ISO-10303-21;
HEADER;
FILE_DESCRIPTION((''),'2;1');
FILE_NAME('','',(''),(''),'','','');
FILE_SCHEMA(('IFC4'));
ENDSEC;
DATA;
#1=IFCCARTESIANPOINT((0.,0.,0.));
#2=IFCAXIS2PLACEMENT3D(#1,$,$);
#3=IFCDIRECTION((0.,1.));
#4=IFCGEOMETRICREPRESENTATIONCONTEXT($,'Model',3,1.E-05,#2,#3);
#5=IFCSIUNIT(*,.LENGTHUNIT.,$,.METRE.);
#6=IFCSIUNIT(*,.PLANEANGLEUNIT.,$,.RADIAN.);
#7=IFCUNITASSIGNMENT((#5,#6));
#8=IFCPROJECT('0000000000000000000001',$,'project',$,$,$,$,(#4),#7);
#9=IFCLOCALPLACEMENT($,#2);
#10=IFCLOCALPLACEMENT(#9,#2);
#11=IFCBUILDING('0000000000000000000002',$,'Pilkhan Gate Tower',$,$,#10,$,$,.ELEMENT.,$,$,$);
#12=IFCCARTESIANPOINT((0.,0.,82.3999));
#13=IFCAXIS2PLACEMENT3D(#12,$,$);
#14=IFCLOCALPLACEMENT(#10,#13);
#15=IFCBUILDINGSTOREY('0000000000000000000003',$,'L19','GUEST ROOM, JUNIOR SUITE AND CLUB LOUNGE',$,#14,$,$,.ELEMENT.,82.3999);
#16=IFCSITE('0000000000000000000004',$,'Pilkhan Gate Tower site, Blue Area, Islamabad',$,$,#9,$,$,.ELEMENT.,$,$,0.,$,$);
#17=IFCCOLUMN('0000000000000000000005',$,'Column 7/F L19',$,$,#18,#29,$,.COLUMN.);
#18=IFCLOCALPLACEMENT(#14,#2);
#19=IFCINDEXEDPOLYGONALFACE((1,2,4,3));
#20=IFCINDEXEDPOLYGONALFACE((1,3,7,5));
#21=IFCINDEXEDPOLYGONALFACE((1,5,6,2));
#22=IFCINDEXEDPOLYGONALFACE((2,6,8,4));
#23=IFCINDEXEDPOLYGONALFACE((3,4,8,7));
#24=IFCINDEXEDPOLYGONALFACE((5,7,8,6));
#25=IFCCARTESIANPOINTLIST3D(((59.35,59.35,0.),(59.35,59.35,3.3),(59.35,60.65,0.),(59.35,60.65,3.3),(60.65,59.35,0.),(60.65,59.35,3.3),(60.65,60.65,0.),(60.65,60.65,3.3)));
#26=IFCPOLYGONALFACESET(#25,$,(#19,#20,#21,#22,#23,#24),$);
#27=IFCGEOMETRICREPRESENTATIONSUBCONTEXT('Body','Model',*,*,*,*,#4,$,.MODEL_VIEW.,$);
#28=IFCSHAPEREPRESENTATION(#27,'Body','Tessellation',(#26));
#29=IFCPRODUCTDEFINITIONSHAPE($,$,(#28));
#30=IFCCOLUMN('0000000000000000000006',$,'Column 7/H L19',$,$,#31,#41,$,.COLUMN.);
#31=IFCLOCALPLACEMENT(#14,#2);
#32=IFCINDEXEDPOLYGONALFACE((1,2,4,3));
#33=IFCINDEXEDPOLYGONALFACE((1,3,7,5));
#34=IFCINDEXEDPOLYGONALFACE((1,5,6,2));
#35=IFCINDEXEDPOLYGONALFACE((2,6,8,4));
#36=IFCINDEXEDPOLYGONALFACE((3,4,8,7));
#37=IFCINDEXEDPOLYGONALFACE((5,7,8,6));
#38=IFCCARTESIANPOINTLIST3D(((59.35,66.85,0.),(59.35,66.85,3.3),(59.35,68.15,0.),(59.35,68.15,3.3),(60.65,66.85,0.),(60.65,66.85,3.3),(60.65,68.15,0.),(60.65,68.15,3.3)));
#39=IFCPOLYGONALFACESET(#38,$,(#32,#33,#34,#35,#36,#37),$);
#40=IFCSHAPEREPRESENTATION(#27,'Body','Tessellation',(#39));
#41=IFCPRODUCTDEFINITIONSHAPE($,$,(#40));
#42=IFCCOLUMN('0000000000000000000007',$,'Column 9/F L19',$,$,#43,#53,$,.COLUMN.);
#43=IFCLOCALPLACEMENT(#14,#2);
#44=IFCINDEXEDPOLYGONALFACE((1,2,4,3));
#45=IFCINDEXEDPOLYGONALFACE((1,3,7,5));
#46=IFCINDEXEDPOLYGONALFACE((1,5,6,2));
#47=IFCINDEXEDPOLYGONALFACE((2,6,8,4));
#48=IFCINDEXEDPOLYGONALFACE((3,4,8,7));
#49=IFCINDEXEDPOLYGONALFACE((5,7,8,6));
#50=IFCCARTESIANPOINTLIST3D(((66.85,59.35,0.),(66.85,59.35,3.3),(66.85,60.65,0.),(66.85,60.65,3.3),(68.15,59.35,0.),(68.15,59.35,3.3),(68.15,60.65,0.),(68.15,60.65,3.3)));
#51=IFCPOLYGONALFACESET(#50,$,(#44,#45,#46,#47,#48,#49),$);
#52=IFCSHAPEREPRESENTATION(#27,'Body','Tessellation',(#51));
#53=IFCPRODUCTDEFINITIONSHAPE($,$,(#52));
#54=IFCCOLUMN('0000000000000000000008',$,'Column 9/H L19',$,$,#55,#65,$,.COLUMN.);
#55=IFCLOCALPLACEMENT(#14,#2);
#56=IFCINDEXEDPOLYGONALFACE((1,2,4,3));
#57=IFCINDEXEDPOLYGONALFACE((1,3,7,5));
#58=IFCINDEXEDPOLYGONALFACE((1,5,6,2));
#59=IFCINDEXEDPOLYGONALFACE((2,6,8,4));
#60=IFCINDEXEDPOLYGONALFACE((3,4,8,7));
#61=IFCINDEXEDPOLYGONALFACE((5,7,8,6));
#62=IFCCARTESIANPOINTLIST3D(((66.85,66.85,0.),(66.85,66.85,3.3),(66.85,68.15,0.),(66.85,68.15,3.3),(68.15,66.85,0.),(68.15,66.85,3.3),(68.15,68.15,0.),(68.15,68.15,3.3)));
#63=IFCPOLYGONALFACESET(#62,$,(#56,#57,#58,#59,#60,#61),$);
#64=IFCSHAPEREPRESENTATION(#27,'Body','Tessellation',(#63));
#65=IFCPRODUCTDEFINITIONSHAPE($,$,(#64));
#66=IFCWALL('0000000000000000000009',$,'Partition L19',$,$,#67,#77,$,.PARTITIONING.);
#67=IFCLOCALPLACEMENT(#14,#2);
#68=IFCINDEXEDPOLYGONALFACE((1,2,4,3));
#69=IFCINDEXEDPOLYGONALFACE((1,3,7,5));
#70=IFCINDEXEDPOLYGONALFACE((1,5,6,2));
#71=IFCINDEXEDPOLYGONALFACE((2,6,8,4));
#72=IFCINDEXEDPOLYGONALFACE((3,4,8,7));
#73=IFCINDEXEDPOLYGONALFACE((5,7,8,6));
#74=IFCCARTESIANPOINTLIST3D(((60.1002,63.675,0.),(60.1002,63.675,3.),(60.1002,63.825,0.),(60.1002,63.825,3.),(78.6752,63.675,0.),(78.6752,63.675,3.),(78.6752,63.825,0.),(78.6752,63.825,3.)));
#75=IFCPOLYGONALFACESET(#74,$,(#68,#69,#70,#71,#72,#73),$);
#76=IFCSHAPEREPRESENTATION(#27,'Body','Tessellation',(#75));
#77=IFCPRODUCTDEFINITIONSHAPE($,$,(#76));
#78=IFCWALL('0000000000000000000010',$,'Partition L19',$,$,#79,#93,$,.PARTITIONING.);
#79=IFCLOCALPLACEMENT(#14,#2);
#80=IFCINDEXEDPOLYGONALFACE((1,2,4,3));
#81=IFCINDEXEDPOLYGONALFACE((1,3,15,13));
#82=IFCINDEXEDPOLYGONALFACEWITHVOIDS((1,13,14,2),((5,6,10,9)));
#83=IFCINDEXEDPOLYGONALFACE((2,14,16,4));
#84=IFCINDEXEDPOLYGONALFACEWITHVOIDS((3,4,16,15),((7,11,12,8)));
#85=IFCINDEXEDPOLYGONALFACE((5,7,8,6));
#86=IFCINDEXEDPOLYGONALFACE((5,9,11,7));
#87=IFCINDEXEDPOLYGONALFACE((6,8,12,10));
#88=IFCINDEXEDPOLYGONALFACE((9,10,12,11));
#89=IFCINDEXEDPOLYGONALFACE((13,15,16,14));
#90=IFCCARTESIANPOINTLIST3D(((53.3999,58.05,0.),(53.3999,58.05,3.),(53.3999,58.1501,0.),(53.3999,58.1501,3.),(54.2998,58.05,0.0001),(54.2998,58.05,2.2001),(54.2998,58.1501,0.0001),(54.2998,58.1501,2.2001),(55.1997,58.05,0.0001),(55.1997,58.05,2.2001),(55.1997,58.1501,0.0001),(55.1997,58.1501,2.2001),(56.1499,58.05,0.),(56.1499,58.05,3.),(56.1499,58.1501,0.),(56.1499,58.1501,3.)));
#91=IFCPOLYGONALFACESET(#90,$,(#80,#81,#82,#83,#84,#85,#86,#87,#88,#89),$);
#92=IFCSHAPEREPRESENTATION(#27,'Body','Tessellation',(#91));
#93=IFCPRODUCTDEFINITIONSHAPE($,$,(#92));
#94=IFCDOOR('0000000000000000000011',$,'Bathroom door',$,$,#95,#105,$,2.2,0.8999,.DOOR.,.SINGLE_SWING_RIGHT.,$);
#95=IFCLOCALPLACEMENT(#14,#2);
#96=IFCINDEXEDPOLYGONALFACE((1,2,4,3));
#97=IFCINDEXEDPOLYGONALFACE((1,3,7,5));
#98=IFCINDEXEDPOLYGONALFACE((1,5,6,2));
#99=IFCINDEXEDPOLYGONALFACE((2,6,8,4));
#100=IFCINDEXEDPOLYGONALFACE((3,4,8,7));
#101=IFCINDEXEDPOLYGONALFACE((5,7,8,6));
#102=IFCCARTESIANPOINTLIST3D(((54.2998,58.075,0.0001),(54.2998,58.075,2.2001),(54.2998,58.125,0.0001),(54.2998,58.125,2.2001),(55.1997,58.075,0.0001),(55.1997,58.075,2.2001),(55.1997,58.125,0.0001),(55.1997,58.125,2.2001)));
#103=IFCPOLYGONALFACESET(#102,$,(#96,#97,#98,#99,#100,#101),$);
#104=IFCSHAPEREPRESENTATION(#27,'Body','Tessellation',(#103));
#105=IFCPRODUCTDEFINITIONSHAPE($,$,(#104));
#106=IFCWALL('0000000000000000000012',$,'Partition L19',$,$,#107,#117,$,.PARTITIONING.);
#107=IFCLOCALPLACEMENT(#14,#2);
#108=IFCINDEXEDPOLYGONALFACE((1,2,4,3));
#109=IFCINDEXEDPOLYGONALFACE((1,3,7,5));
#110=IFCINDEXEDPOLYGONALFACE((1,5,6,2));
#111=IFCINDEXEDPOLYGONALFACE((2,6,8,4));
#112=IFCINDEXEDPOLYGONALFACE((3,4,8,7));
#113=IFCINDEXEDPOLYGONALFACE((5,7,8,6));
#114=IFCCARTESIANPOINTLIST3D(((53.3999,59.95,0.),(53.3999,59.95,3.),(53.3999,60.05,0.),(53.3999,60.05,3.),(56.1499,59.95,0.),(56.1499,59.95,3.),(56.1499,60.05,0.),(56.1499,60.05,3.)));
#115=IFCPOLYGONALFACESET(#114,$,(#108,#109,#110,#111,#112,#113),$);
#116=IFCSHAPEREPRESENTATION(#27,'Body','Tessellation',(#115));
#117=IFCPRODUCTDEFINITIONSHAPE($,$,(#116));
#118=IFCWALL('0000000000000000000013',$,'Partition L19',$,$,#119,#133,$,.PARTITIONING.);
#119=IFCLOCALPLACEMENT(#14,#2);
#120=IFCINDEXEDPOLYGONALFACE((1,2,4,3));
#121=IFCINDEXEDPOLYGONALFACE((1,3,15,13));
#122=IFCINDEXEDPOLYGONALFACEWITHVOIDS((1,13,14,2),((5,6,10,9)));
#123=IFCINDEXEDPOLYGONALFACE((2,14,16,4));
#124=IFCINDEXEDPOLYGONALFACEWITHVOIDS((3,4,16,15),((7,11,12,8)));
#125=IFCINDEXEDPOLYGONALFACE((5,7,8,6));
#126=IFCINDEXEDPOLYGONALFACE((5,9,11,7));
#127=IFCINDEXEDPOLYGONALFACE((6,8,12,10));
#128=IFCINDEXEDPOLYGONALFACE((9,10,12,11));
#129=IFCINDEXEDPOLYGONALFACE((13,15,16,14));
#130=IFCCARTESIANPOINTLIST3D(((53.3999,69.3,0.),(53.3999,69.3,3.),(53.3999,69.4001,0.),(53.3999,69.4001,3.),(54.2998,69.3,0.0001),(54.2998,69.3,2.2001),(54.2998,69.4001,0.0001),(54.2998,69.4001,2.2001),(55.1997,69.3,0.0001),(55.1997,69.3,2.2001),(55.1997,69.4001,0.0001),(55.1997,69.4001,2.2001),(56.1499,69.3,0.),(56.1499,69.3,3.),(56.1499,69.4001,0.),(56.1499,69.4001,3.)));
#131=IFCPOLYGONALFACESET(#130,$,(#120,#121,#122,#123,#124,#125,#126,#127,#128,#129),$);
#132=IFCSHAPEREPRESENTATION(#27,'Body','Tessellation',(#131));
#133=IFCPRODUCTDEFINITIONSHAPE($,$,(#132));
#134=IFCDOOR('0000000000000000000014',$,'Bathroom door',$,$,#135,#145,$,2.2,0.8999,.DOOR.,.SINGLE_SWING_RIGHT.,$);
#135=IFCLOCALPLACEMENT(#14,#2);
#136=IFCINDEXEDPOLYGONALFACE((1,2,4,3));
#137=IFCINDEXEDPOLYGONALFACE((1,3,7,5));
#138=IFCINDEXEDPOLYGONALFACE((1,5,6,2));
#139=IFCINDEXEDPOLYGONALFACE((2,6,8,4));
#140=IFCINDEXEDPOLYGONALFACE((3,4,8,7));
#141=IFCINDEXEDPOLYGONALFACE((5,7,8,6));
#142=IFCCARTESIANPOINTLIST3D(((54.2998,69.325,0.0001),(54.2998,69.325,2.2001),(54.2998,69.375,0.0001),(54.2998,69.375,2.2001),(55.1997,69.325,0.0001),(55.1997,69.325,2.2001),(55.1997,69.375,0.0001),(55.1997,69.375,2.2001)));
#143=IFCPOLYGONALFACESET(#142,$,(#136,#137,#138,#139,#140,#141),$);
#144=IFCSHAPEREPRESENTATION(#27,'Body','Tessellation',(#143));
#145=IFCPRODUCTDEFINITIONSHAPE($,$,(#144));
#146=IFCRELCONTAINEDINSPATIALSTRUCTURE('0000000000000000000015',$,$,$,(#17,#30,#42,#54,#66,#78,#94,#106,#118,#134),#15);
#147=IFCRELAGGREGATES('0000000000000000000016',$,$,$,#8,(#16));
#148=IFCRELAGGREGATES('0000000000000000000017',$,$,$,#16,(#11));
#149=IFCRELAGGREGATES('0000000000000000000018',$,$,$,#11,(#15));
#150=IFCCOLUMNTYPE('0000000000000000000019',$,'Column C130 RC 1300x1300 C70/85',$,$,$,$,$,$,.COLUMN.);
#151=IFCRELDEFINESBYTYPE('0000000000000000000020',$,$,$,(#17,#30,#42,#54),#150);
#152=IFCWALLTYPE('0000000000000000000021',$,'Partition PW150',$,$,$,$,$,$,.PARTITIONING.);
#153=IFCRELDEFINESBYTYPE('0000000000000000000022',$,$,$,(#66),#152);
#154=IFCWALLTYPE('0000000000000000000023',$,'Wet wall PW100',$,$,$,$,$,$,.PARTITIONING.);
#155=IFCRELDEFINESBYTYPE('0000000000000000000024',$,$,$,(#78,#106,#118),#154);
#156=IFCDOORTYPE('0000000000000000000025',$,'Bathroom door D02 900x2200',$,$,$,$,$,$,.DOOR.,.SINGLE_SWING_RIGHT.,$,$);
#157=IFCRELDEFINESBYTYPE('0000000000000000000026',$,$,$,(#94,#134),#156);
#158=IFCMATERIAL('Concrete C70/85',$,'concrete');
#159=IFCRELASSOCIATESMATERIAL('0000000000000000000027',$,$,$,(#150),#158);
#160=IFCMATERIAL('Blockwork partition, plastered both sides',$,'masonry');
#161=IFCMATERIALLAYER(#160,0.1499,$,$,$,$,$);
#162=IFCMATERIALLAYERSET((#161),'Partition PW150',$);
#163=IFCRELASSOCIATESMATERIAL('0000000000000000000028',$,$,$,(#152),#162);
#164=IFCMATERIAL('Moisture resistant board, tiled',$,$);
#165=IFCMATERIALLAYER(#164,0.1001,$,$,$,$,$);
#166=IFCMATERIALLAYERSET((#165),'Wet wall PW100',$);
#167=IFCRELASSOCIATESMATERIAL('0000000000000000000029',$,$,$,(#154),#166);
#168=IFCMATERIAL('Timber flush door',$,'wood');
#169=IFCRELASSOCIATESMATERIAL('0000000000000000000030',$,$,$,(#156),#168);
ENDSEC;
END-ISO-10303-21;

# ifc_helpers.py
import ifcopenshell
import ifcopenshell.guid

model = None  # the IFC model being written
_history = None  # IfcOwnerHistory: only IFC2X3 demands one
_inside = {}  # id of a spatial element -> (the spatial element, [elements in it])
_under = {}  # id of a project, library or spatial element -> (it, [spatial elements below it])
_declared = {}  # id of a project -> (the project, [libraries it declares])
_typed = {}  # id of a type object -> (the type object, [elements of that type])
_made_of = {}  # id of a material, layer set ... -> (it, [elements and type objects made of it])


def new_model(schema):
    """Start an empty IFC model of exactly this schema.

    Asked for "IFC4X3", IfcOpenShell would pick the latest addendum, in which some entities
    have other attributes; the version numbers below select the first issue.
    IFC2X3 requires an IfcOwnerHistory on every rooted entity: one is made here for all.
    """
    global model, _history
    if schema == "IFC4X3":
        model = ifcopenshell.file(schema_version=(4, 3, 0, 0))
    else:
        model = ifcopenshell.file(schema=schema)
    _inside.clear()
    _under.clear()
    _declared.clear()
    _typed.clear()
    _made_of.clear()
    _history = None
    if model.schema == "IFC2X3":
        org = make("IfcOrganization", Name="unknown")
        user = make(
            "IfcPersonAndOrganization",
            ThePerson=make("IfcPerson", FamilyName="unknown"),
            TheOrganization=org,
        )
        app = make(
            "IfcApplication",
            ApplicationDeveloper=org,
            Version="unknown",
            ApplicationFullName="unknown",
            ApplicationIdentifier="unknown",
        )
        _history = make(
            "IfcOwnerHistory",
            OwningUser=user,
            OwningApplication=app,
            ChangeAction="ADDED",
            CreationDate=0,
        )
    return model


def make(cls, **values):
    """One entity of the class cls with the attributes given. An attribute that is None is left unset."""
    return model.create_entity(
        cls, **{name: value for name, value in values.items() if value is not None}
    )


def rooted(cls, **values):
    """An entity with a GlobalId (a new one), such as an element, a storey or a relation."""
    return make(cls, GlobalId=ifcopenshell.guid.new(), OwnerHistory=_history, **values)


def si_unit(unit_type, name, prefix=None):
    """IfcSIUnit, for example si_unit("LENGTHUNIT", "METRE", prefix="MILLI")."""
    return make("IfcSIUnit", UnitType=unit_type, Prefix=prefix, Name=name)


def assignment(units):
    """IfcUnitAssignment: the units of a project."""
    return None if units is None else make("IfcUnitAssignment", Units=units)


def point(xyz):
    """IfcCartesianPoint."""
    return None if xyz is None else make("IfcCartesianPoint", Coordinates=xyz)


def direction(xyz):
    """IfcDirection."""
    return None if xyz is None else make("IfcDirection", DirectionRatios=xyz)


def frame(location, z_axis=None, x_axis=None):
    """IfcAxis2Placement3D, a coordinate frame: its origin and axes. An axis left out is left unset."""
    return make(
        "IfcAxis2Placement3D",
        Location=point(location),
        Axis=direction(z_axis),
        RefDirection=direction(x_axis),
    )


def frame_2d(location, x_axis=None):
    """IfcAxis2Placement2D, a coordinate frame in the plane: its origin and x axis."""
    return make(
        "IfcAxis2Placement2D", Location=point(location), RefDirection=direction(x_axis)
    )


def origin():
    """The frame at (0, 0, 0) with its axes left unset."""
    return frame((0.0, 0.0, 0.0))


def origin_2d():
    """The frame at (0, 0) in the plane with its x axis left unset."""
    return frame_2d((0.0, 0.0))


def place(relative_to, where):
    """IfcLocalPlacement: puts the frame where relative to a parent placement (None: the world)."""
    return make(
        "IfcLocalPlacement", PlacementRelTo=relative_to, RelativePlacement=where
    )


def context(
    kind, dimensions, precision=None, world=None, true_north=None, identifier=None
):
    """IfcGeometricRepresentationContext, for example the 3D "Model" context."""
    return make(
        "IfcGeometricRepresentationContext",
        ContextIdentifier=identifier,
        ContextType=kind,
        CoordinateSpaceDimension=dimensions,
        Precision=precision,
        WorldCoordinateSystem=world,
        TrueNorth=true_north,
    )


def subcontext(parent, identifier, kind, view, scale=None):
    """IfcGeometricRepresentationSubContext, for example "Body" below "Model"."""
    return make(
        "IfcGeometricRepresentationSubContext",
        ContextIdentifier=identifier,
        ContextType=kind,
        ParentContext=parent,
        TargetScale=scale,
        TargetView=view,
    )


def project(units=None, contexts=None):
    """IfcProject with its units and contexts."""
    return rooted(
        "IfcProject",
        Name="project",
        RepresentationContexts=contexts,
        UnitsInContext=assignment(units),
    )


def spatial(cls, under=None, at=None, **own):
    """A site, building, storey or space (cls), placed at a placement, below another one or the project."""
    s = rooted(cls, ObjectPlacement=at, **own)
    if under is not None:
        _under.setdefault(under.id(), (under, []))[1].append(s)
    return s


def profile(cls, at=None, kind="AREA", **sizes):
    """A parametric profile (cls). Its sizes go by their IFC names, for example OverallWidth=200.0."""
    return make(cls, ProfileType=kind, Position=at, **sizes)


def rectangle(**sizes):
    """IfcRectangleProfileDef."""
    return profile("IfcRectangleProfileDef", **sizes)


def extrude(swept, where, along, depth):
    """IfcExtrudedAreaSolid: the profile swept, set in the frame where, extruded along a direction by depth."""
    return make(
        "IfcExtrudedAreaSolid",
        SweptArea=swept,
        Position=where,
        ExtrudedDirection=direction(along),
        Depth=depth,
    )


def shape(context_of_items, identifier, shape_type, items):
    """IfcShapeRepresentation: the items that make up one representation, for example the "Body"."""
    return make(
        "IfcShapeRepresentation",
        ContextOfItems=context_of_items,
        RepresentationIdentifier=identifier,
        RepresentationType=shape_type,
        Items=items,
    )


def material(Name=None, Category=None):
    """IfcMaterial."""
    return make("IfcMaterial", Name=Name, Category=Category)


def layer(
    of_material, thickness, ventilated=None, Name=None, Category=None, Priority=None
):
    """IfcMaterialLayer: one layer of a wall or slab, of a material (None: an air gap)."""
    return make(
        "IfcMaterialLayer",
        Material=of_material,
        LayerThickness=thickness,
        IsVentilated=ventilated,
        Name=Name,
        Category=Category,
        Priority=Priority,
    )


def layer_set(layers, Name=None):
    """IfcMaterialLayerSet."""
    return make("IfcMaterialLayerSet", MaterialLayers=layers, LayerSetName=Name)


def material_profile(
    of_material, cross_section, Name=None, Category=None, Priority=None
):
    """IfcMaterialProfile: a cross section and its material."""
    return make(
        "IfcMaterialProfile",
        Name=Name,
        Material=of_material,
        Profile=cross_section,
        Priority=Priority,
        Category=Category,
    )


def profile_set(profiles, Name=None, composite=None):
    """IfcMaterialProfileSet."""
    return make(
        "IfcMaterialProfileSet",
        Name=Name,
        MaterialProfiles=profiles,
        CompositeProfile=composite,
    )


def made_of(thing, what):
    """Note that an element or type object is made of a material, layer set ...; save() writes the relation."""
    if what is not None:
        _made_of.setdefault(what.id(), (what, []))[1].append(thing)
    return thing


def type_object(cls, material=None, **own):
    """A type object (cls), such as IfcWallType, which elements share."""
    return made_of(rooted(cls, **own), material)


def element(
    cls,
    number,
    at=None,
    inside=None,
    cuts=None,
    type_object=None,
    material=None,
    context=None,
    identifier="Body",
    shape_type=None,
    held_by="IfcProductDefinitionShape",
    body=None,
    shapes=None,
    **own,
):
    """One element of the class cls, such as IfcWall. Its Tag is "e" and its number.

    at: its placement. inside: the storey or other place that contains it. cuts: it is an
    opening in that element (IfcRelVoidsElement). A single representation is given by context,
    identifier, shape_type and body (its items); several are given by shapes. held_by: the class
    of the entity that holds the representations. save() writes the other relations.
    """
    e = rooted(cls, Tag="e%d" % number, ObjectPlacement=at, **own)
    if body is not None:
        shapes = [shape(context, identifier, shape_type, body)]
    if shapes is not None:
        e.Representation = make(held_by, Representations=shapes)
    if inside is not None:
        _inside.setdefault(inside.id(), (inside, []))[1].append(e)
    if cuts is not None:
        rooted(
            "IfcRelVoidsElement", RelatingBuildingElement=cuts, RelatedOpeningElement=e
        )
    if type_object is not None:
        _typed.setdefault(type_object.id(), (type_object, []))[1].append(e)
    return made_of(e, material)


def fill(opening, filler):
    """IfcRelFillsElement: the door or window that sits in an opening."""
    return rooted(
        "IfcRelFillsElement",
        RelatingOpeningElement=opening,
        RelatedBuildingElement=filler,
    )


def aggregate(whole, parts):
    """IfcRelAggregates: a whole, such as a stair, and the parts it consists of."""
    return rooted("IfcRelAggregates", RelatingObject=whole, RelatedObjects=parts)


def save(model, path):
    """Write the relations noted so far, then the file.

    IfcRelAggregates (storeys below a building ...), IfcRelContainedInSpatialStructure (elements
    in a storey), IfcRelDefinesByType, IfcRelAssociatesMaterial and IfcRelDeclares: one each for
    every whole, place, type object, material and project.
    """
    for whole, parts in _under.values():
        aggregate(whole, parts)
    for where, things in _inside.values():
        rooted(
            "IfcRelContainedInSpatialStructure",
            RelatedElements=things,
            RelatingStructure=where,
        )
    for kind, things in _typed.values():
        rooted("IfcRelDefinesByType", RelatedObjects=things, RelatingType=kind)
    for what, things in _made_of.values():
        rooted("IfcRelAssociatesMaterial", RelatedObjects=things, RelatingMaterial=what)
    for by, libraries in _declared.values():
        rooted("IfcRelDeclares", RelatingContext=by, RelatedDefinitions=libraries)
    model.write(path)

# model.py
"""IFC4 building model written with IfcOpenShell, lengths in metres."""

from ifc_helpers import new_model, si_unit, direction, frame, frame_2d, origin, origin_2d, place, context, subcontext, project, spatial, rectangle, extrude, material, layer, layer_set, material_profile, profile_set, type_object, element, fill, save


model = new_model("IFC4")

# Units and contexts
model_context = context("Model", 3, precision=1e-05, world=origin(), true_north=direction((0.0, 1.0)))
body_context = subcontext(model_context, "Body", "Model", "MODEL_VIEW")
ifc_project = project(units=[si_unit("LENGTHUNIT", "METRE"), si_unit("PLANEANGLEUNIT", "RADIAN")], contexts=[model_context])

# Site, building, storey
site_placement = place(None, origin())
site = spatial("IfcSite", under=ifc_project, at=site_placement, Name="Pilkhan Gate Tower site, Blue Area, Islamabad", CompositionType="ELEMENT", RefElevation=0.0)
building_placement = place(site_placement, origin())
building = spatial("IfcBuilding", under=site, at=building_placement, Name="Pilkhan Gate Tower", CompositionType="ELEMENT")
storey_placement = place(building_placement, frame((0.0, 0.0, 82.3999)))
storey = spatial("IfcBuildingStorey", under=building, at=storey_placement, Name="L19", Description="GUEST ROOM, JUNIOR SUITE AND CLUB LOUNGE", CompositionType="ELEMENT", Elevation=82.3999)

# Columns
ifc_material_1 = material(Name="Concrete C70/85", Category="concrete")
ifc_material_profile = material_profile(ifc_material_1, rectangle(XDim=1.3, YDim=1.3, at=origin_2d()), Name="RC 1300x1300")
ifc_profile_set = profile_set([ifc_material_profile], Name="Concrete C70/85")
column_type = type_object("IfcColumnType", Name="Column C130 RC 1300x1300 C70/85", PredefinedType="COLUMN", material=ifc_profile_set)
for number, where, z_axis, x_axis, name in (
    (1, (60.0, 60.0, 0.0), (0.0, 0.0, 1.0), (1.0, 0.0, 0.0), "Column 7/F L19"),
    (2, (60.0, 67.5, 0.0), (0.0, 0.0, 1.0), (1.0, 0.0, 0.0), "Column 7/H L19"),
    (3, (67.5, 60.0, 0.0), (0.0, 0.0, 1.0), (1.0, 0.0, 0.0), "Column 9/F L19"),
    (4, (67.5, 67.5, 0.0), (0.0, 0.0, 1.0), (1.0, 0.0, 0.0), "Column 9/H L19"),
):
    element("IfcColumn", number, at=place(storey_placement, frame(where, z_axis=z_axis, x_axis=x_axis)), inside=storey, type_object=column_type, Name=name, PredefinedType="COLUMN", context=body_context, shape_type="SweptSolid", body=[
        extrude(rectangle(XDim=1.3, YDim=1.3, at=origin_2d()), origin(), (0.0, 0.0, 1.0), 3.3),
    ])

# Wall
ifc_material_2 = material(Name="Blockwork partition, plastered both sides", Category="masonry")
ifc_layer_1 = layer(ifc_material_2, 0.1499)
ifc_layer_set_1 = layer_set([ifc_layer_1], Name="Partition PW150")
wall_type_1 = type_object("IfcWallType", Name="Partition PW150", PredefinedType="PARTITIONING", material=ifc_layer_set_1)
wall_1_placement = place(storey_placement, frame((60.1001, 63.75, 0.0), z_axis=(0.0, 0.0, 1.0), x_axis=(1.0, 0.0, 0.0)))
element("IfcWall", 5, at=wall_1_placement, inside=storey, type_object=wall_type_1, Name="Partition L19", PredefinedType="PARTITIONING", context=body_context, shape_type="SweptSolid", body=[
    extrude(rectangle(XDim=18.575, YDim=0.1499, at=frame_2d((9.2876, 0.0))), origin(), (0.0, 0.0, 1.0), 3.0),
])

# Wall, opening, door
ifc_material_3 = material(Name="Moisture resistant board, tiled")
ifc_layer_2 = layer(ifc_material_3, 0.1001)
ifc_layer_set_2 = layer_set([ifc_layer_2], Name="Wet wall PW100")
wall_type_2 = type_object("IfcWallType", Name="Wet wall PW100", PredefinedType="PARTITIONING", material=ifc_layer_set_2)
wall_2_placement = place(storey_placement, frame((53.3999, 58.1001, 0.0), z_axis=(0.0, 0.0, 1.0), x_axis=(1.0, 0.0, 0.0)))
wall_2 = element("IfcWall", 6, at=wall_2_placement, inside=storey, type_object=wall_type_2, Name="Partition L19", PredefinedType="PARTITIONING", context=body_context, shape_type="SweptSolid", body=[
    extrude(rectangle(XDim=2.75, YDim=0.1001, at=frame_2d((1.375, 0.0))), origin(), (0.0, 0.0, 1.0), 3.0),
])
opening_1_placement = place(wall_2_placement, frame((0.8999, 0.0, 0.0)))
opening_1 = element("IfcOpeningElement", 7, at=opening_1_placement, cuts=wall_2, PredefinedType="OPENING", context=body_context, shape_type="SweptSolid", body=[
    extrude(rectangle(XDim=0.8999, YDim=2.2, at=frame_2d((0.45, 1.1001))), frame((0.0, 0.0601, 0.0), z_axis=(0.0, -1.0, 0.0), x_axis=(1.0, 0.0, 0.0)), (0.0, 0.0, 1.0), 0.1201),
])
ifc_material_4 = material(Name="Timber flush door", Category="wood")
door_type = type_object("IfcDoorType", Name="Bathroom door D02 900x2200", OperationType="SINGLE_SWING_RIGHT", PredefinedType="DOOR", material=ifc_material_4)
door_1_placement = place(opening_1_placement, origin())
door_1 = element("IfcDoor", 8, at=door_1_placement, inside=storey, type_object=door_type, Name="Bathroom door", OperationType="SINGLE_SWING_RIGHT", OverallHeight=2.2, OverallWidth=0.8999, PredefinedType="DOOR", context=body_context, shape_type="SweptSolid", body=[
    extrude(rectangle(XDim=0.8999, YDim=2.2, at=frame_2d((0.45, 1.1001))), frame((0.0, 0.0249, 0.0), z_axis=(0.0, -1.0, 0.0), x_axis=(1.0, 0.0, 0.0)), (0.0, 0.0, 1.0), 0.05),
])
fill(opening_1, door_1)

# Wall
wall_3_placement = place(storey_placement, frame((53.3999, 60.0, 0.0), z_axis=(0.0, 0.0, 1.0), x_axis=(1.0, 0.0, 0.0)))
element("IfcWall", 9, at=wall_3_placement, inside=storey, type_object=wall_type_2, Name="Partition L19", PredefinedType="PARTITIONING", context=body_context, shape_type="SweptSolid", body=[
    extrude(rectangle(XDim=2.75, YDim=0.1001, at=frame_2d((1.375, 0.0))), origin(), (0.0, 0.0, 1.0), 3.0),
])

# Wall, opening, door
wall_4_placement = place(storey_placement, frame((53.3999, 69.3501, 0.0), z_axis=(0.0, 0.0, 1.0), x_axis=(1.0, 0.0, 0.0)))
wall_4 = element("IfcWall", 10, at=wall_4_placement, inside=storey, type_object=wall_type_2, Name="Partition L19", PredefinedType="PARTITIONING", context=body_context, shape_type="SweptSolid", body=[
    extrude(rectangle(XDim=2.75, YDim=0.1001, at=frame_2d((1.375, 0.0))), origin(), (0.0, 0.0, 1.0), 3.0),
])
opening_2_placement = place(wall_4_placement, frame((0.8999, 0.0, 0.0)))
opening_2 = element("IfcOpeningElement", 11, at=opening_2_placement, cuts=wall_4, PredefinedType="OPENING", context=body_context, shape_type="SweptSolid", body=[
    extrude(rectangle(XDim=0.8999, YDim=2.2, at=frame_2d((0.45, 1.1001))), frame((0.0, 0.0601, 0.0), z_axis=(0.0, -1.0, 0.0), x_axis=(1.0, 0.0, 0.0)), (0.0, 0.0, 1.0), 0.1201),
])
door_2_placement = place(opening_2_placement, origin())
door_2 = element("IfcDoor", 12, at=door_2_placement, inside=storey, type_object=door_type, Name="Bathroom door", OperationType="SINGLE_SWING_RIGHT", OverallHeight=2.2, OverallWidth=0.8999, PredefinedType="DOOR", context=body_context, shape_type="SweptSolid", body=[
    extrude(rectangle(XDim=0.8999, YDim=2.2, at=frame_2d((0.45, 1.1001))), frame((0.0, 0.0249, 0.0), z_axis=(0.0, -1.0, 0.0), x_axis=(1.0, 0.0, 0.0)), (0.0, 0.0, 1.0), 0.05),
])
fill(opening_2, door_2)

save(model, "model.ifc")
